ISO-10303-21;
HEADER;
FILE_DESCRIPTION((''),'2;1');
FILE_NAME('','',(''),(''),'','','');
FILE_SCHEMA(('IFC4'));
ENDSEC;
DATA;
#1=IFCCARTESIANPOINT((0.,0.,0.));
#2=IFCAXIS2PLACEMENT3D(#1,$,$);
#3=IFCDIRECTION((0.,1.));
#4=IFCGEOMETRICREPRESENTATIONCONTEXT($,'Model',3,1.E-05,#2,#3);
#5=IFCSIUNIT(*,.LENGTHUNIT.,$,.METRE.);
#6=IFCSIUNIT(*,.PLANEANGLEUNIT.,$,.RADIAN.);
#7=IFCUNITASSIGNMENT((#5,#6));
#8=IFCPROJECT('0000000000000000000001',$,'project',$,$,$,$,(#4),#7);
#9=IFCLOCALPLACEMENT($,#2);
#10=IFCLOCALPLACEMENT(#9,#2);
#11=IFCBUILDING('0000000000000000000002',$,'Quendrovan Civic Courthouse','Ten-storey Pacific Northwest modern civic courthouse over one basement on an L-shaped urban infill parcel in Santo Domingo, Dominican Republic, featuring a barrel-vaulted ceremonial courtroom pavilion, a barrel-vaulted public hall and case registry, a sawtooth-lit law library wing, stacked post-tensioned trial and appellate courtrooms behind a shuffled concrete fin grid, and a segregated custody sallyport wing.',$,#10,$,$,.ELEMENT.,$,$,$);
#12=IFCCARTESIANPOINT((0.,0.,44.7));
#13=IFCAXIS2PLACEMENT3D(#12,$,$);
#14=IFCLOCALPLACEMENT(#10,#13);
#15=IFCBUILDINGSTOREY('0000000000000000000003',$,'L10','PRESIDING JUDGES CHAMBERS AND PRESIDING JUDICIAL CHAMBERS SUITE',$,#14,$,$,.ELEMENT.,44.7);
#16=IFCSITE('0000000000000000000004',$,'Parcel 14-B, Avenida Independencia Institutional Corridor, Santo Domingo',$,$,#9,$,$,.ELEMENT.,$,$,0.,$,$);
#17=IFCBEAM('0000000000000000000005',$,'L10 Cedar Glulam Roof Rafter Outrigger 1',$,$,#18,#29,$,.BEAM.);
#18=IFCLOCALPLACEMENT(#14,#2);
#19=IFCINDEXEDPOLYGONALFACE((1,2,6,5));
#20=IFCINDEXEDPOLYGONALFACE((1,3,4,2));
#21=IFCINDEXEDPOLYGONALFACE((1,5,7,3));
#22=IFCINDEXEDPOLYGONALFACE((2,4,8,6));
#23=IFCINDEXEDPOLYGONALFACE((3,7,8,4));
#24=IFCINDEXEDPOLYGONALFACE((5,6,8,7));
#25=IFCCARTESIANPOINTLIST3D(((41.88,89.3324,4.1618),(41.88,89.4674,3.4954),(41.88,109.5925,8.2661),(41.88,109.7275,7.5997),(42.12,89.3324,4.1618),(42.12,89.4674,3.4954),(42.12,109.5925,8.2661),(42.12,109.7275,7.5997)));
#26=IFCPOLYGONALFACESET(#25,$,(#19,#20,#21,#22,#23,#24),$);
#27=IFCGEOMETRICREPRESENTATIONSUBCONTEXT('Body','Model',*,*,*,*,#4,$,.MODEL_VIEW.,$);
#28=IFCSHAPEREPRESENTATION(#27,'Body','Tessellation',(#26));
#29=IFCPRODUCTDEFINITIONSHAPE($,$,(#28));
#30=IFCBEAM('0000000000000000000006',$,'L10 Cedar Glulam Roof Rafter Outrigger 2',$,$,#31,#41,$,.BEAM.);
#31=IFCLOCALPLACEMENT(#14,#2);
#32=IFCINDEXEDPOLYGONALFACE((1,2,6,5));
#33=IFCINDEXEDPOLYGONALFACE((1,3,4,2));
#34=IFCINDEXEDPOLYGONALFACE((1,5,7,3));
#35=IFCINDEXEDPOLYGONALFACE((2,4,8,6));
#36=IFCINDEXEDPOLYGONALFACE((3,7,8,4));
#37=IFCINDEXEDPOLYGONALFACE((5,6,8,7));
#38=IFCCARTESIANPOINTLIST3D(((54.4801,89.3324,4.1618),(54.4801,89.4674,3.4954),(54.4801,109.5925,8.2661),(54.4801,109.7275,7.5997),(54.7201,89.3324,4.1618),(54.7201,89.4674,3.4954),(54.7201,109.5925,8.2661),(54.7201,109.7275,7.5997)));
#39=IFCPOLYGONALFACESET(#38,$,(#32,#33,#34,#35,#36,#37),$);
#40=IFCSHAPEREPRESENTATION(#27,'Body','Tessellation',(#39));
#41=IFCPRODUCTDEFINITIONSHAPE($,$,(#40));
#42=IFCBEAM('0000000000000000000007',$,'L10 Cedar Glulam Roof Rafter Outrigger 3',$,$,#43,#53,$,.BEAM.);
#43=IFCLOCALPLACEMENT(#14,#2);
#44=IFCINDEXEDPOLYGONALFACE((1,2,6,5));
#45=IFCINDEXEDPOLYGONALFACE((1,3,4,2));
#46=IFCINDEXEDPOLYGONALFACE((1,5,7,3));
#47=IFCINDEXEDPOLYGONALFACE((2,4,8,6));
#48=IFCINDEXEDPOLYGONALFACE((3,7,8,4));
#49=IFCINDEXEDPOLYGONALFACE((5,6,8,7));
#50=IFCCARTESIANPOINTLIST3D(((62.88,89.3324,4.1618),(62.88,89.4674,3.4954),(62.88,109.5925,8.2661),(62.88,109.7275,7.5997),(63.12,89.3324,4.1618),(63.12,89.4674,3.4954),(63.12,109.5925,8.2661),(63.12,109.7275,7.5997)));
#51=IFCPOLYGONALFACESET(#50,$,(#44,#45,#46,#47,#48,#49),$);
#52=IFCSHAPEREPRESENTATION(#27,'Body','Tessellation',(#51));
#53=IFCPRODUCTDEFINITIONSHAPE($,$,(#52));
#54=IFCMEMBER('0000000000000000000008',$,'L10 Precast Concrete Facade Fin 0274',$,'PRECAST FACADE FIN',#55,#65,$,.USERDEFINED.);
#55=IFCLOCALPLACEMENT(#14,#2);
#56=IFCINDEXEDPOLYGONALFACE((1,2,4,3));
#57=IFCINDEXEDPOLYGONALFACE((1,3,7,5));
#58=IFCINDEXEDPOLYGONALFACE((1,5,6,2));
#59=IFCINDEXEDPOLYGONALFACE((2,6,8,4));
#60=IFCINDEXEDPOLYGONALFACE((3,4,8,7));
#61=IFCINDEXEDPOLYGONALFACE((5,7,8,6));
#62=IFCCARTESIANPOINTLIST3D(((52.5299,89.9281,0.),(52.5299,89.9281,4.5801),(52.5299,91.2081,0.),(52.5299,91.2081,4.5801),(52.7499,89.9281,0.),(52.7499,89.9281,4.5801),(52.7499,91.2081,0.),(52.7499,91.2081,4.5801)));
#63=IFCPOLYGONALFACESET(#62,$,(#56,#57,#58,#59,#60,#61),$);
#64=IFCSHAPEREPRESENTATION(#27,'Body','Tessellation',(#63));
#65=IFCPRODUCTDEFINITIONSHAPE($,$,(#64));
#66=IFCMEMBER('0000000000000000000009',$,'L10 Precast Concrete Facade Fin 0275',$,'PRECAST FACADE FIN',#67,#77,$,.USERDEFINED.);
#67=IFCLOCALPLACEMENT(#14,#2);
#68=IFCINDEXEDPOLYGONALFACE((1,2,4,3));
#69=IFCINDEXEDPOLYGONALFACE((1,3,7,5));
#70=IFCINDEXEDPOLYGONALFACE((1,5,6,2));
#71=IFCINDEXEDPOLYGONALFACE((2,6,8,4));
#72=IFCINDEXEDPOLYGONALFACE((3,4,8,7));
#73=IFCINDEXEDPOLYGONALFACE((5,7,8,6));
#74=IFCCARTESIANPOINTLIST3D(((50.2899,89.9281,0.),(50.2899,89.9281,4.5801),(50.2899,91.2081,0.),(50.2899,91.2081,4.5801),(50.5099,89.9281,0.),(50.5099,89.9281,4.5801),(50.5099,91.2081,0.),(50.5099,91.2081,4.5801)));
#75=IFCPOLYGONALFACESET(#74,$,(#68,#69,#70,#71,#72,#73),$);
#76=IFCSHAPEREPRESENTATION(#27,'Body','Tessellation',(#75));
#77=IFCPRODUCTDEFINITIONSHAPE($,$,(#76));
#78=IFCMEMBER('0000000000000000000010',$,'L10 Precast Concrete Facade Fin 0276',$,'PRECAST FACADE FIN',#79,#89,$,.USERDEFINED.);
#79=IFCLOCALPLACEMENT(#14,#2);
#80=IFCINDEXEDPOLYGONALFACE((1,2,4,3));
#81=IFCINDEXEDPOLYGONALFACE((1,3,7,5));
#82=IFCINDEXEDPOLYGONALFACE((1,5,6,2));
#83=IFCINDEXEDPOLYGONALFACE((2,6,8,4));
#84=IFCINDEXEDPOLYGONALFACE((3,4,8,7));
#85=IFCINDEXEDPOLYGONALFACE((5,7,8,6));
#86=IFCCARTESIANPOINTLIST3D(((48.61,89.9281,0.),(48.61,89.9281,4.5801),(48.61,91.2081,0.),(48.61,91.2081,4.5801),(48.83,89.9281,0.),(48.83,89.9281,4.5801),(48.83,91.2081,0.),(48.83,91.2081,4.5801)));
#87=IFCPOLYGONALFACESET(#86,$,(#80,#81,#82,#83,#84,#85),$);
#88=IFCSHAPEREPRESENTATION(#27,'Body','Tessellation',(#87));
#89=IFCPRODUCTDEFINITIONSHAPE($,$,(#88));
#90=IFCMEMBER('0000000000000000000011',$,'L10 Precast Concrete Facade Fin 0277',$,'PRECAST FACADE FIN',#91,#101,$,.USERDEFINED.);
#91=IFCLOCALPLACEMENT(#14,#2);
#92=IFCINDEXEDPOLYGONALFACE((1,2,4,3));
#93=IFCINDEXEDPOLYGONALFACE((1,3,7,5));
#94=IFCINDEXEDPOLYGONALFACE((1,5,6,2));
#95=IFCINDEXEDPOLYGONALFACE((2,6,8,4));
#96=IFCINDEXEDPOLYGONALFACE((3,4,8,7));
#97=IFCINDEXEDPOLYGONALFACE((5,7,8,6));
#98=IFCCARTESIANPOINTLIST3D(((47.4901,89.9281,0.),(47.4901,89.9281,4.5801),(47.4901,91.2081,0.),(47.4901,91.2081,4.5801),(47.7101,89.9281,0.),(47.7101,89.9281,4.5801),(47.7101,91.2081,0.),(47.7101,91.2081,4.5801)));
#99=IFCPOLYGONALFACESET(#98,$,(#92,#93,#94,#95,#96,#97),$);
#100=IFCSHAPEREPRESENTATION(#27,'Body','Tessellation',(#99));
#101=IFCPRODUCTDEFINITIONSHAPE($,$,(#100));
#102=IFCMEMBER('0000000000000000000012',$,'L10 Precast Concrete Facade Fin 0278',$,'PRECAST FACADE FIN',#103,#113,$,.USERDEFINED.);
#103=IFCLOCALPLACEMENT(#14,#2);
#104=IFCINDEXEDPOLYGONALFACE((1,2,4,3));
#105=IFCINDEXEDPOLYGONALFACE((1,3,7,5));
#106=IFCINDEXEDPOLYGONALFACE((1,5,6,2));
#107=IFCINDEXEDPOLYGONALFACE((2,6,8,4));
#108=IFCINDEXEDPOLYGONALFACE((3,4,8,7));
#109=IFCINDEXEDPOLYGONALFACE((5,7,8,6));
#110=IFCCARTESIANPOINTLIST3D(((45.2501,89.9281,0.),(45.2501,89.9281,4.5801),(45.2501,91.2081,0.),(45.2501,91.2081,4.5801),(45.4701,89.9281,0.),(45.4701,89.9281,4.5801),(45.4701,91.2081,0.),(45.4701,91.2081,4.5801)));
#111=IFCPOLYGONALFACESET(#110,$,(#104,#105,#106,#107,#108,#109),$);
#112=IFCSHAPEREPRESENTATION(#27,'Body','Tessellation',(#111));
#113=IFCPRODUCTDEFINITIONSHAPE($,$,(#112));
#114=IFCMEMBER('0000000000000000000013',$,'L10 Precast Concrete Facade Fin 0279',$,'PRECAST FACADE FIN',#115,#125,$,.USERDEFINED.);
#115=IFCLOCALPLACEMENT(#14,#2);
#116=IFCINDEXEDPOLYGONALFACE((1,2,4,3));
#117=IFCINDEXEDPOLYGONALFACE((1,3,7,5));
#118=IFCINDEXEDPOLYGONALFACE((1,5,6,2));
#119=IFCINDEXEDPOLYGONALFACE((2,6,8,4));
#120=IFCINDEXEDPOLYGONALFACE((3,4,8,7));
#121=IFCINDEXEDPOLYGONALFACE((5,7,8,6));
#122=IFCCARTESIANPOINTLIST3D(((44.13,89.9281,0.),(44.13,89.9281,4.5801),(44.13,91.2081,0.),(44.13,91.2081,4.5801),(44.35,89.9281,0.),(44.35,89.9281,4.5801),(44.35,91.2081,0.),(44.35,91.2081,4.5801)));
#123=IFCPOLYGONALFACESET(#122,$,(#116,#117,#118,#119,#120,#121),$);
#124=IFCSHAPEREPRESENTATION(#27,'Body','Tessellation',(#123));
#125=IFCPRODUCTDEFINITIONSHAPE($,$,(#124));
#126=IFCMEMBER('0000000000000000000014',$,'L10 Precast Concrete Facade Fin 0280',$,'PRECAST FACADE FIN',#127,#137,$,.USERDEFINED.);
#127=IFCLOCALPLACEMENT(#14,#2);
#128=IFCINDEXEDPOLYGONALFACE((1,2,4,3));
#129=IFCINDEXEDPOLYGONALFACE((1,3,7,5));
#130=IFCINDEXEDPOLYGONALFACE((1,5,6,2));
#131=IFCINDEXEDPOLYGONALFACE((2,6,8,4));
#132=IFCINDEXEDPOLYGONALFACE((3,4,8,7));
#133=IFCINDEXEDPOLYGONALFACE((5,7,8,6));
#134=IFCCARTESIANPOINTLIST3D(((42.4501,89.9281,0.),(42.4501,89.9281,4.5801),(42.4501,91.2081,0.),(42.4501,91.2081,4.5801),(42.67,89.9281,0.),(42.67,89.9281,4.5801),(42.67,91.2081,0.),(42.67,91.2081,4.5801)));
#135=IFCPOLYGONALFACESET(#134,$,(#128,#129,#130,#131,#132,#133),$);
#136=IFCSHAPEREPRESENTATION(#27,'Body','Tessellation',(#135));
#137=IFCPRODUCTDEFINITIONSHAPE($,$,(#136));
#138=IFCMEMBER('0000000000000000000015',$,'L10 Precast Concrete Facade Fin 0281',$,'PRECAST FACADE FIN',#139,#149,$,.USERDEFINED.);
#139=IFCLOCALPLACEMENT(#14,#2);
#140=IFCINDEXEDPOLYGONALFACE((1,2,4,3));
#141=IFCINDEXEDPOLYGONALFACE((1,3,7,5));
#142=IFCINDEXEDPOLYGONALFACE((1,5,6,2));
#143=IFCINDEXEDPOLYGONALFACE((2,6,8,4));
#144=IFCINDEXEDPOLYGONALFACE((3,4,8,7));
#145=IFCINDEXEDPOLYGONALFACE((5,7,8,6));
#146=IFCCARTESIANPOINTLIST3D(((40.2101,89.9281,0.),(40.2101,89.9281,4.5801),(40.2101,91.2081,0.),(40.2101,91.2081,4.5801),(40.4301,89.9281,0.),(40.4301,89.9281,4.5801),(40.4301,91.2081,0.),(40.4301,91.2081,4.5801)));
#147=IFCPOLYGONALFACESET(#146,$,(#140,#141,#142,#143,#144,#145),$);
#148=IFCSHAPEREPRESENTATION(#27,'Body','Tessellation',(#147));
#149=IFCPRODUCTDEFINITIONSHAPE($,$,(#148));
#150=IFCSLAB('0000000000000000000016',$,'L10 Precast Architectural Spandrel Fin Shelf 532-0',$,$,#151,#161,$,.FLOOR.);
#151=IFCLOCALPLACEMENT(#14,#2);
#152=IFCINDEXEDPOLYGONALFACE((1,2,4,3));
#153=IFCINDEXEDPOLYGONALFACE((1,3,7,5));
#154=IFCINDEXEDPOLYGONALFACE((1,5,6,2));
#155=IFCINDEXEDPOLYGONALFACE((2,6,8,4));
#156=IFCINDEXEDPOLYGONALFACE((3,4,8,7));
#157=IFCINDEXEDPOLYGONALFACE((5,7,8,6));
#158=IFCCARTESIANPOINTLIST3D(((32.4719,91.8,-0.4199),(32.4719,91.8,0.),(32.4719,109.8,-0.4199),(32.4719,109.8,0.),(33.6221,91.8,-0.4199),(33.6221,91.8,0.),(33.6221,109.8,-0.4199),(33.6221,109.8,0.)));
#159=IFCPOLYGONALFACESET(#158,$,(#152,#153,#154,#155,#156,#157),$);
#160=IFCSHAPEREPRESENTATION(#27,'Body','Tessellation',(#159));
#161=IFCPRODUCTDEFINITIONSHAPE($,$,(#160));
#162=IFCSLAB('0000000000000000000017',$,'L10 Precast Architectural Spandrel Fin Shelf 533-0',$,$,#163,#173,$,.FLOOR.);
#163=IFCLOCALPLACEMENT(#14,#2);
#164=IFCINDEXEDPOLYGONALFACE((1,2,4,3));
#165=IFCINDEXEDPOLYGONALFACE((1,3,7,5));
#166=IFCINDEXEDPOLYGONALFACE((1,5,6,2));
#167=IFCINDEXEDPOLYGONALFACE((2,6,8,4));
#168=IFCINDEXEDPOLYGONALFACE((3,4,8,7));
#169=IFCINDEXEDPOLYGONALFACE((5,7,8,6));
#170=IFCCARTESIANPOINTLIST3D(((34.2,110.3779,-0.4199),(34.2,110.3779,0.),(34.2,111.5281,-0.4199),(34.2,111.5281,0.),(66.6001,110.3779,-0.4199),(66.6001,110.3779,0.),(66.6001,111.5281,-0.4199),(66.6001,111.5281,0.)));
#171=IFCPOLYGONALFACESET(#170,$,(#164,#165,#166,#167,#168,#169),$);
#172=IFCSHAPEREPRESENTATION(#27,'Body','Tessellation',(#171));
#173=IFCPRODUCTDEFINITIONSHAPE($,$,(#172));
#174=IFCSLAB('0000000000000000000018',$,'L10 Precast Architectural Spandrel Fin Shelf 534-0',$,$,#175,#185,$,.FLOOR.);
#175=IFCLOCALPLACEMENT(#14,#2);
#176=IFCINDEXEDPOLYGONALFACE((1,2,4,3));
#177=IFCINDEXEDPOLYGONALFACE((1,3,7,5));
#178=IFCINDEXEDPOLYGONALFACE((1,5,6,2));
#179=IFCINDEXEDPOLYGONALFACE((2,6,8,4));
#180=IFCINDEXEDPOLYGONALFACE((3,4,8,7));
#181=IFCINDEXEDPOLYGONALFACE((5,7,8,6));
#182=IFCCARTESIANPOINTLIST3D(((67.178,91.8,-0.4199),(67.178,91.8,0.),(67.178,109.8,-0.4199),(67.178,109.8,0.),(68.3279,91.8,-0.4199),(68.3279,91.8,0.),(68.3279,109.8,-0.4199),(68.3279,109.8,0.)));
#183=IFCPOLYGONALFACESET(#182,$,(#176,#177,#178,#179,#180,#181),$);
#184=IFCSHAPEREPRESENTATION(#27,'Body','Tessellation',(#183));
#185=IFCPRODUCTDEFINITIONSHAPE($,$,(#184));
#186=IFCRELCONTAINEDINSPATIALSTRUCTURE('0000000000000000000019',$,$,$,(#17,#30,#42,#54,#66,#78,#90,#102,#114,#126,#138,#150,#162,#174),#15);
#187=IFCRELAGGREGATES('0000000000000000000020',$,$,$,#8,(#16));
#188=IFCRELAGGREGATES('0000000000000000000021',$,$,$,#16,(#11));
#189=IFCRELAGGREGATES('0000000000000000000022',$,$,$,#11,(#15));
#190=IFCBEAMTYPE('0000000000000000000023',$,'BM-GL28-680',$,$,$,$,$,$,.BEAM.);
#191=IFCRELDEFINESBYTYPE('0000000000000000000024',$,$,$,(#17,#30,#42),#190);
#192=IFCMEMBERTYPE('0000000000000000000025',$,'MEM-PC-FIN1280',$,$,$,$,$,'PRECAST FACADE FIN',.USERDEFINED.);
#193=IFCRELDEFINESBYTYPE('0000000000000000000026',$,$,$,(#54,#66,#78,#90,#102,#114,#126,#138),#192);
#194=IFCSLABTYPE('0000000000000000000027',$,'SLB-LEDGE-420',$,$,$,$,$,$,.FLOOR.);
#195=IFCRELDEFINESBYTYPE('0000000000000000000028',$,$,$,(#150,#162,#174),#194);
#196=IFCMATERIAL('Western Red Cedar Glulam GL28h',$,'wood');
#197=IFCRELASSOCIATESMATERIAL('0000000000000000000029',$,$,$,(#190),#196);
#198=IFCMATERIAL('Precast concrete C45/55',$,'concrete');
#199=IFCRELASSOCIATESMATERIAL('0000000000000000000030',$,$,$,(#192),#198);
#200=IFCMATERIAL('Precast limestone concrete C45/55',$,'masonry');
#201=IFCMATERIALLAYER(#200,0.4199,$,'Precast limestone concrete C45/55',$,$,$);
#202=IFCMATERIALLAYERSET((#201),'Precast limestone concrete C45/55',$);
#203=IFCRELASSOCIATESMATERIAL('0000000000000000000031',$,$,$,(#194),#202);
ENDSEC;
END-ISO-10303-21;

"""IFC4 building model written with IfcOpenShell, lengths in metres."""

from ifc_helpers import new_model, si_unit, direction, frame, origin, origin_2d, place, context, subcontext, project, spatial, polyline, rectangle, outline, extrude, material, layer, layer_set, material_profile, profile_set, type_object, element, save


model = new_model("IFC4")

# Units and contexts
model_context = context("Model", 3, precision=1e-05, world=origin(), true_north=direction((0.0, 1.0)))
body_context = subcontext(model_context, "Body", "Model", "MODEL_VIEW")
ifc_project = project(units=[si_unit("LENGTHUNIT", "METRE"), si_unit("PLANEANGLEUNIT", "RADIAN")], contexts=[model_context])

# Site, building, storey
site_placement = place(None, origin())
site = spatial("IfcSite", under=ifc_project, at=site_placement, Name="Parcel 14-B, Avenida Independencia Institutional Corridor, Santo Domingo", CompositionType="ELEMENT", RefElevation=0.0)
building_placement = place(site_placement, origin())
building = spatial("IfcBuilding", under=site, at=building_placement, Name="Quendrovan Civic Courthouse", Description="Ten-storey Pacific Northwest modern civic courthouse over one basement on an L-shaped urban infill parcel in Santo Domingo, Dominican Republic, featuring a barrel-vaulted ceremonial courtroom pavilion, a barrel-vaulted public hall and case registry, a sawtooth-lit law library wing, stacked post-tensioned trial and appellate courtrooms behind a shuffled concrete fin grid, and a segregated custody sallyport wing.", CompositionType="ELEMENT")
storey_placement = place(building_placement, frame((0.0, 0.0, 44.7)))
storey = spatial("IfcBuildingStorey", under=building, at=storey_placement, Name="L10", Description="PRESIDING JUDGES CHAMBERS AND PRESIDING JUDICIAL CHAMBERS SUITE", CompositionType="ELEMENT", Elevation=44.7)

# Beams
ifc_material_1 = material(Name="Western Red Cedar Glulam GL28h", Category="wood")
ifc_material_profile_1 = material_profile(ifc_material_1, rectangle(XDim=0.24, YDim=0.6799, at=origin_2d()), Name="GL28H-240x680")
ifc_profile_set_1 = profile_set([ifc_material_profile_1], Name="Western Red Cedar Glulam GL28h")
beam_type = type_object("IfcBeamType", Name="BM-GL28-680", PredefinedType="BEAM", material=ifc_profile_set_1)
for number, where, z_axis, x_axis, name in (
    (1, (42.0, 89.3999, 3.8286), (0.0, 0.980092, 0.198546), (-1.0, 0.0, 0.0), "L10 Cedar Glulam Roof Rafter Outrigger 1"),
    (2, (54.6001, 89.3999, 3.8286), (0.0, 0.980092, 0.198546), (-1.0, 0.0, 0.0), "L10 Cedar Glulam Roof Rafter Outrigger 2"),
    (3, (63.0, 89.3999, 3.8286), (0.0, 0.980092, 0.198546), (-1.0, 0.0, 0.0), "L10 Cedar Glulam Roof Rafter Outrigger 3"),
):
    element("IfcBeam", number, at=place(storey_placement, frame(where, z_axis=z_axis, x_axis=x_axis)), inside=storey, type_object=beam_type, Name=name, PredefinedType="BEAM", context=body_context, shape_type="SweptSolid", body=[
        extrude(rectangle(XDim=0.24, YDim=0.6799, at=origin_2d()), origin(), (0.0, 0.0, 1.0), 20.6716),
    ])

# Members
ifc_material_2 = material(Name="Precast concrete C45/55", Category="concrete")
ifc_material_profile_2 = material_profile(ifc_material_2, rectangle(XDim=0.22, YDim=1.28, at=origin_2d()), Name="PC-FIN-220x1280")
ifc_profile_set_2 = profile_set([ifc_material_profile_2], Name="Precast concrete C45/55")
member_type = type_object("IfcMemberType", Name="MEM-PC-FIN1280", ElementType="PRECAST FACADE FIN", PredefinedType="USERDEFINED", material=ifc_profile_set_2)
for number, where, z_axis, x_axis, name in (
    (4, (52.6399, 90.5681, 0.0), (0.0, 0.0, 1.0), (-1.0, 0.0, 0.0), "L10 Precast Concrete Facade Fin 0274"),
    (5, (50.3999, 90.5681, 0.0), (0.0, 0.0, 1.0), (-1.0, 0.0, 0.0), "L10 Precast Concrete Facade Fin 0275"),
    (6, (48.72, 90.5681, 0.0), (0.0, 0.0, 1.0), (-1.0, 0.0, 0.0), "L10 Precast Concrete Facade Fin 0276"),
    (7, (47.6001, 90.5681, 0.0), (0.0, 0.0, 1.0), (-1.0, 0.0, 0.0), "L10 Precast Concrete Facade Fin 0277"),
    (8, (45.3601, 90.5681, 0.0), (0.0, 0.0, 1.0), (-1.0, 0.0, 0.0), "L10 Precast Concrete Facade Fin 0278"),
    (9, (44.24, 90.5681, 0.0), (0.0, 0.0, 1.0), (-1.0, 0.0, 0.0), "L10 Precast Concrete Facade Fin 0279"),
    (10, (42.5601, 90.5681, 0.0), (0.0, 0.0, 1.0), (-1.0, 0.0, 0.0), "L10 Precast Concrete Facade Fin 0280"),
    (11, (40.3201, 90.5681, 0.0), (0.0, 0.0, 1.0), (-1.0, 0.0, 0.0), "L10 Precast Concrete Facade Fin 0281"),
):
    element("IfcMember", number, at=place(storey_placement, frame(where, z_axis=z_axis, x_axis=x_axis)), inside=storey, type_object=member_type, Name=name, ObjectType="PRECAST FACADE FIN", PredefinedType="USERDEFINED", context=body_context, shape_type="SweptSolid", body=[
        extrude(rectangle(XDim=0.22, YDim=1.28, at=origin_2d()), origin(), (0.0, 0.0, 1.0), 4.5801),
    ])

# Slabs
ifc_material_3 = material(Name="Precast limestone concrete C45/55", Category="masonry")
ifc_layer_1 = layer(ifc_material_3, 0.4199, Name="Precast limestone concrete C45/55")
ifc_layer_set_1 = layer_set([ifc_layer_1], Name="Precast limestone concrete C45/55")
slab_type_1 = type_object("IfcSlabType", Name="SLB-LEDGE-420", PredefinedType="FLOOR", material=ifc_layer_set_1)
slab_1_placement = place(storey_placement, frame((0.0, 0.0, -0.4199)))
element("IfcSlab", 12, at=slab_1_placement, inside=storey, type_object=slab_type_1, Name="L10 Precast Architectural Spandrel Fin Shelf 532-0", PredefinedType="FLOOR", context=body_context, shape_type="SweptSolid", body=[
    extrude(outline(polyline([(32.4719, 91.8), (32.4719, 109.8), (33.6221, 109.8), (33.6221, 91.8), (32.4719, 91.8)])), origin(), (0.0, 0.0, 1.0), 0.4199),
])
slab_2_placement = place(storey_placement, frame((0.0, 0.0, -0.4199)))
element("IfcSlab", 13, at=slab_2_placement, inside=storey, type_object=slab_type_1, Name="L10 Precast Architectural Spandrel Fin Shelf 533-0", PredefinedType="FLOOR", context=body_context, shape_type="SweptSolid", body=[
    extrude(outline(polyline([(34.2, 111.5281), (66.6001, 111.5281), (66.6001, 110.3779), (34.2, 110.3779), (34.2, 111.5281)])), origin(), (0.0, 0.0, 1.0), 0.4199),
])
slab_3_placement = place(storey_placement, frame((0.0, 0.0, -0.4199)))
element("IfcSlab", 14, at=slab_3_placement, inside=storey, type_object=slab_type_1, Name="L10 Precast Architectural Spandrel Fin Shelf 534-0", PredefinedType="FLOOR", context=body_context, shape_type="SweptSolid", body=[
    extrude(outline(polyline([(68.3279, 109.8), (68.3279, 91.8), (67.178, 91.8), (67.178, 109.8), (68.3279, 109.8)])), origin(), (0.0, 0.0, 1.0), 0.4199),
])

save(model, "model.ifc")
